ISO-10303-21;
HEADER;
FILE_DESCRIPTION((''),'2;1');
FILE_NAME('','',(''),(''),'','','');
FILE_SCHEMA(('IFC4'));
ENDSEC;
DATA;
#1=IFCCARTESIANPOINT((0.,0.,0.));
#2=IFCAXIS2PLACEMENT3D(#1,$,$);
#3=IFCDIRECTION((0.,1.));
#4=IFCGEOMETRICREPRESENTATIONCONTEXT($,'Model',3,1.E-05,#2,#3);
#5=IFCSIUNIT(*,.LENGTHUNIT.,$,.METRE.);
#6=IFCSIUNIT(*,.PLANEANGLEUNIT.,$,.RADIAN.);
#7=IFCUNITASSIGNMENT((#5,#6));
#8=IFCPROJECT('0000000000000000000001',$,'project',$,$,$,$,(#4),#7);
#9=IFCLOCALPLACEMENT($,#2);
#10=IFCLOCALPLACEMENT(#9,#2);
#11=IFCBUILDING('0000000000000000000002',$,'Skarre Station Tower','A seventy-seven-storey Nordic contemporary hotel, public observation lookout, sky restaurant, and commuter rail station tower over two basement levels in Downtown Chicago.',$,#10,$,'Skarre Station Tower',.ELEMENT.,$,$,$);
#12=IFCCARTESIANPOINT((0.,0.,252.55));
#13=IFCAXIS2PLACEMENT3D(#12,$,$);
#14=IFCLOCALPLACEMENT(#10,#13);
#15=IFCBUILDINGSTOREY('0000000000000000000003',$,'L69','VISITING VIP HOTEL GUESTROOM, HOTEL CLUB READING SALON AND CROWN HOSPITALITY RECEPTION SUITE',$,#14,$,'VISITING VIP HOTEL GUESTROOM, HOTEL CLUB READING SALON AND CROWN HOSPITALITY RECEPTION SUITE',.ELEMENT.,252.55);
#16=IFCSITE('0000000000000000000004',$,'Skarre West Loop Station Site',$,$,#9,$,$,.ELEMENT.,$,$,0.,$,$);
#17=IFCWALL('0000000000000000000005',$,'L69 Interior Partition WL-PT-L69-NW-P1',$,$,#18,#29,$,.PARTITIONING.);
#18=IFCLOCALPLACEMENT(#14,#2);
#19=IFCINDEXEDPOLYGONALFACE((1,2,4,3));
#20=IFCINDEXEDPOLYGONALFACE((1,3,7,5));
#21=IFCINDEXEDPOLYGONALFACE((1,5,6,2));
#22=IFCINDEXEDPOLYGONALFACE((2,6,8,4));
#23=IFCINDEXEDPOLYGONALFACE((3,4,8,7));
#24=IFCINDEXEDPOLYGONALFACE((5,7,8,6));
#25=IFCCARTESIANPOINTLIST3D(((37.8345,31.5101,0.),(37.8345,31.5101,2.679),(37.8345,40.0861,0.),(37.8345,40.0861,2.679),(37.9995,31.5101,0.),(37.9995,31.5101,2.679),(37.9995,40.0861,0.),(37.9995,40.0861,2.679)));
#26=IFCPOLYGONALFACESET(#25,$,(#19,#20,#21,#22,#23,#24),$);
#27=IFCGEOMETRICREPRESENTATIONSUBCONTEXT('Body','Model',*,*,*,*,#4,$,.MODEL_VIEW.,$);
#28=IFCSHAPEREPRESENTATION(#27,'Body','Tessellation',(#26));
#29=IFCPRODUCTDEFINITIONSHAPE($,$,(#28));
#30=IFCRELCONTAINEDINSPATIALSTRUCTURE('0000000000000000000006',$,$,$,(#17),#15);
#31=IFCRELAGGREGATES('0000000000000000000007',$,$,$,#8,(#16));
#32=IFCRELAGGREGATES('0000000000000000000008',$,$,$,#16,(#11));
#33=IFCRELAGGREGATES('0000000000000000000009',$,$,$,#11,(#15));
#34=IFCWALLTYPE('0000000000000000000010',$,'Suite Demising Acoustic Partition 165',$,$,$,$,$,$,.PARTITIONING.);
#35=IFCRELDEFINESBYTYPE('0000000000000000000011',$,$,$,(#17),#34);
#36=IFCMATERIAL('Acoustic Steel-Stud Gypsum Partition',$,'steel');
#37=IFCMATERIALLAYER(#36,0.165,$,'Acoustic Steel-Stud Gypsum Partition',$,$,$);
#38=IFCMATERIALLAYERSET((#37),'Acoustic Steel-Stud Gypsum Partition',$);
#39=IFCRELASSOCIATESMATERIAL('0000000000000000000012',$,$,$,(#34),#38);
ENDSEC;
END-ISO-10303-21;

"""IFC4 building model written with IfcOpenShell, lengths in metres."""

from ifc_helpers import new_model, si_unit, direction, frame, frame_2d, origin, place, context, subcontext, project, spatial, rectangle, extrude, material, layer, layer_set, type_object, element, save


model = new_model("IFC4")

# Units and contexts
model_context = context("Model", 3, precision=1e-05, world=origin(), true_north=direction((0.0, 1.0)))
body_context = subcontext(model_context, "Body", "Model", "MODEL_VIEW")
ifc_project = project(units=[si_unit("LENGTHUNIT", "METRE"), si_unit("PLANEANGLEUNIT", "RADIAN")], contexts=[model_context])

# Site, building, storey
site_placement = place(None, origin())
site = spatial("IfcSite", under=ifc_project, at=site_placement, Name="Skarre West Loop Station Site", CompositionType="ELEMENT", RefElevation=0.0)
building_placement = place(site_placement, origin())
building = spatial("IfcBuilding", under=site, at=building_placement, Name="Skarre Station Tower", Description="A seventy-seven-storey Nordic contemporary hotel, public observation lookout, sky restaurant, and commuter rail station tower over two basement levels in Downtown Chicago.", LongName="Skarre Station Tower", CompositionType="ELEMENT")
storey_placement = place(building_placement, frame((0.0, 0.0, 252.55)))
storey = spatial("IfcBuildingStorey", under=building, at=storey_placement, Name="L69", Description="VISITING VIP HOTEL GUESTROOM, HOTEL CLUB READING SALON AND CROWN HOSPITALITY RECEPTION SUITE", LongName="VISITING VIP HOTEL GUESTROOM, HOTEL CLUB READING SALON AND CROWN HOSPITALITY RECEPTION SUITE", CompositionType="ELEMENT", Elevation=252.55)

# Shared definitions
ifc_material_1 = material(Name="Acoustic Steel-Stud Gypsum Partition", Category="steel")

# Wall
ifc_layer_1 = layer(ifc_material_1, 0.165, Name="Acoustic Steel-Stud Gypsum Partition")
ifc_layer_set_1 = layer_set([ifc_layer_1], Name="Acoustic Steel-Stud Gypsum Partition")
wall_type_1 = type_object("IfcWallType", Name="Suite Demising Acoustic Partition 165", PredefinedType="PARTITIONING", material=ifc_layer_set_1)
wall_1_placement = place(storey_placement, frame((37.917, 31.51, 0.0), z_axis=(0.0, 0.0, 1.0), x_axis=(0.0, 1.0, 0.0)))
element("IfcWall", 1, at=wall_1_placement, inside=storey, type_object=wall_type_1, Name="L69 Interior Partition WL-PT-L69-NW-P1", PredefinedType="PARTITIONING", context=body_context, shape_type="SweptSolid", body=[
    extrude(rectangle(XDim=8.5759, YDim=0.165, at=frame_2d((4.2881, 0.0))), origin(), (0.0, 0.0, 1.0), 2.679),
])

save(model, "model.ifc")
